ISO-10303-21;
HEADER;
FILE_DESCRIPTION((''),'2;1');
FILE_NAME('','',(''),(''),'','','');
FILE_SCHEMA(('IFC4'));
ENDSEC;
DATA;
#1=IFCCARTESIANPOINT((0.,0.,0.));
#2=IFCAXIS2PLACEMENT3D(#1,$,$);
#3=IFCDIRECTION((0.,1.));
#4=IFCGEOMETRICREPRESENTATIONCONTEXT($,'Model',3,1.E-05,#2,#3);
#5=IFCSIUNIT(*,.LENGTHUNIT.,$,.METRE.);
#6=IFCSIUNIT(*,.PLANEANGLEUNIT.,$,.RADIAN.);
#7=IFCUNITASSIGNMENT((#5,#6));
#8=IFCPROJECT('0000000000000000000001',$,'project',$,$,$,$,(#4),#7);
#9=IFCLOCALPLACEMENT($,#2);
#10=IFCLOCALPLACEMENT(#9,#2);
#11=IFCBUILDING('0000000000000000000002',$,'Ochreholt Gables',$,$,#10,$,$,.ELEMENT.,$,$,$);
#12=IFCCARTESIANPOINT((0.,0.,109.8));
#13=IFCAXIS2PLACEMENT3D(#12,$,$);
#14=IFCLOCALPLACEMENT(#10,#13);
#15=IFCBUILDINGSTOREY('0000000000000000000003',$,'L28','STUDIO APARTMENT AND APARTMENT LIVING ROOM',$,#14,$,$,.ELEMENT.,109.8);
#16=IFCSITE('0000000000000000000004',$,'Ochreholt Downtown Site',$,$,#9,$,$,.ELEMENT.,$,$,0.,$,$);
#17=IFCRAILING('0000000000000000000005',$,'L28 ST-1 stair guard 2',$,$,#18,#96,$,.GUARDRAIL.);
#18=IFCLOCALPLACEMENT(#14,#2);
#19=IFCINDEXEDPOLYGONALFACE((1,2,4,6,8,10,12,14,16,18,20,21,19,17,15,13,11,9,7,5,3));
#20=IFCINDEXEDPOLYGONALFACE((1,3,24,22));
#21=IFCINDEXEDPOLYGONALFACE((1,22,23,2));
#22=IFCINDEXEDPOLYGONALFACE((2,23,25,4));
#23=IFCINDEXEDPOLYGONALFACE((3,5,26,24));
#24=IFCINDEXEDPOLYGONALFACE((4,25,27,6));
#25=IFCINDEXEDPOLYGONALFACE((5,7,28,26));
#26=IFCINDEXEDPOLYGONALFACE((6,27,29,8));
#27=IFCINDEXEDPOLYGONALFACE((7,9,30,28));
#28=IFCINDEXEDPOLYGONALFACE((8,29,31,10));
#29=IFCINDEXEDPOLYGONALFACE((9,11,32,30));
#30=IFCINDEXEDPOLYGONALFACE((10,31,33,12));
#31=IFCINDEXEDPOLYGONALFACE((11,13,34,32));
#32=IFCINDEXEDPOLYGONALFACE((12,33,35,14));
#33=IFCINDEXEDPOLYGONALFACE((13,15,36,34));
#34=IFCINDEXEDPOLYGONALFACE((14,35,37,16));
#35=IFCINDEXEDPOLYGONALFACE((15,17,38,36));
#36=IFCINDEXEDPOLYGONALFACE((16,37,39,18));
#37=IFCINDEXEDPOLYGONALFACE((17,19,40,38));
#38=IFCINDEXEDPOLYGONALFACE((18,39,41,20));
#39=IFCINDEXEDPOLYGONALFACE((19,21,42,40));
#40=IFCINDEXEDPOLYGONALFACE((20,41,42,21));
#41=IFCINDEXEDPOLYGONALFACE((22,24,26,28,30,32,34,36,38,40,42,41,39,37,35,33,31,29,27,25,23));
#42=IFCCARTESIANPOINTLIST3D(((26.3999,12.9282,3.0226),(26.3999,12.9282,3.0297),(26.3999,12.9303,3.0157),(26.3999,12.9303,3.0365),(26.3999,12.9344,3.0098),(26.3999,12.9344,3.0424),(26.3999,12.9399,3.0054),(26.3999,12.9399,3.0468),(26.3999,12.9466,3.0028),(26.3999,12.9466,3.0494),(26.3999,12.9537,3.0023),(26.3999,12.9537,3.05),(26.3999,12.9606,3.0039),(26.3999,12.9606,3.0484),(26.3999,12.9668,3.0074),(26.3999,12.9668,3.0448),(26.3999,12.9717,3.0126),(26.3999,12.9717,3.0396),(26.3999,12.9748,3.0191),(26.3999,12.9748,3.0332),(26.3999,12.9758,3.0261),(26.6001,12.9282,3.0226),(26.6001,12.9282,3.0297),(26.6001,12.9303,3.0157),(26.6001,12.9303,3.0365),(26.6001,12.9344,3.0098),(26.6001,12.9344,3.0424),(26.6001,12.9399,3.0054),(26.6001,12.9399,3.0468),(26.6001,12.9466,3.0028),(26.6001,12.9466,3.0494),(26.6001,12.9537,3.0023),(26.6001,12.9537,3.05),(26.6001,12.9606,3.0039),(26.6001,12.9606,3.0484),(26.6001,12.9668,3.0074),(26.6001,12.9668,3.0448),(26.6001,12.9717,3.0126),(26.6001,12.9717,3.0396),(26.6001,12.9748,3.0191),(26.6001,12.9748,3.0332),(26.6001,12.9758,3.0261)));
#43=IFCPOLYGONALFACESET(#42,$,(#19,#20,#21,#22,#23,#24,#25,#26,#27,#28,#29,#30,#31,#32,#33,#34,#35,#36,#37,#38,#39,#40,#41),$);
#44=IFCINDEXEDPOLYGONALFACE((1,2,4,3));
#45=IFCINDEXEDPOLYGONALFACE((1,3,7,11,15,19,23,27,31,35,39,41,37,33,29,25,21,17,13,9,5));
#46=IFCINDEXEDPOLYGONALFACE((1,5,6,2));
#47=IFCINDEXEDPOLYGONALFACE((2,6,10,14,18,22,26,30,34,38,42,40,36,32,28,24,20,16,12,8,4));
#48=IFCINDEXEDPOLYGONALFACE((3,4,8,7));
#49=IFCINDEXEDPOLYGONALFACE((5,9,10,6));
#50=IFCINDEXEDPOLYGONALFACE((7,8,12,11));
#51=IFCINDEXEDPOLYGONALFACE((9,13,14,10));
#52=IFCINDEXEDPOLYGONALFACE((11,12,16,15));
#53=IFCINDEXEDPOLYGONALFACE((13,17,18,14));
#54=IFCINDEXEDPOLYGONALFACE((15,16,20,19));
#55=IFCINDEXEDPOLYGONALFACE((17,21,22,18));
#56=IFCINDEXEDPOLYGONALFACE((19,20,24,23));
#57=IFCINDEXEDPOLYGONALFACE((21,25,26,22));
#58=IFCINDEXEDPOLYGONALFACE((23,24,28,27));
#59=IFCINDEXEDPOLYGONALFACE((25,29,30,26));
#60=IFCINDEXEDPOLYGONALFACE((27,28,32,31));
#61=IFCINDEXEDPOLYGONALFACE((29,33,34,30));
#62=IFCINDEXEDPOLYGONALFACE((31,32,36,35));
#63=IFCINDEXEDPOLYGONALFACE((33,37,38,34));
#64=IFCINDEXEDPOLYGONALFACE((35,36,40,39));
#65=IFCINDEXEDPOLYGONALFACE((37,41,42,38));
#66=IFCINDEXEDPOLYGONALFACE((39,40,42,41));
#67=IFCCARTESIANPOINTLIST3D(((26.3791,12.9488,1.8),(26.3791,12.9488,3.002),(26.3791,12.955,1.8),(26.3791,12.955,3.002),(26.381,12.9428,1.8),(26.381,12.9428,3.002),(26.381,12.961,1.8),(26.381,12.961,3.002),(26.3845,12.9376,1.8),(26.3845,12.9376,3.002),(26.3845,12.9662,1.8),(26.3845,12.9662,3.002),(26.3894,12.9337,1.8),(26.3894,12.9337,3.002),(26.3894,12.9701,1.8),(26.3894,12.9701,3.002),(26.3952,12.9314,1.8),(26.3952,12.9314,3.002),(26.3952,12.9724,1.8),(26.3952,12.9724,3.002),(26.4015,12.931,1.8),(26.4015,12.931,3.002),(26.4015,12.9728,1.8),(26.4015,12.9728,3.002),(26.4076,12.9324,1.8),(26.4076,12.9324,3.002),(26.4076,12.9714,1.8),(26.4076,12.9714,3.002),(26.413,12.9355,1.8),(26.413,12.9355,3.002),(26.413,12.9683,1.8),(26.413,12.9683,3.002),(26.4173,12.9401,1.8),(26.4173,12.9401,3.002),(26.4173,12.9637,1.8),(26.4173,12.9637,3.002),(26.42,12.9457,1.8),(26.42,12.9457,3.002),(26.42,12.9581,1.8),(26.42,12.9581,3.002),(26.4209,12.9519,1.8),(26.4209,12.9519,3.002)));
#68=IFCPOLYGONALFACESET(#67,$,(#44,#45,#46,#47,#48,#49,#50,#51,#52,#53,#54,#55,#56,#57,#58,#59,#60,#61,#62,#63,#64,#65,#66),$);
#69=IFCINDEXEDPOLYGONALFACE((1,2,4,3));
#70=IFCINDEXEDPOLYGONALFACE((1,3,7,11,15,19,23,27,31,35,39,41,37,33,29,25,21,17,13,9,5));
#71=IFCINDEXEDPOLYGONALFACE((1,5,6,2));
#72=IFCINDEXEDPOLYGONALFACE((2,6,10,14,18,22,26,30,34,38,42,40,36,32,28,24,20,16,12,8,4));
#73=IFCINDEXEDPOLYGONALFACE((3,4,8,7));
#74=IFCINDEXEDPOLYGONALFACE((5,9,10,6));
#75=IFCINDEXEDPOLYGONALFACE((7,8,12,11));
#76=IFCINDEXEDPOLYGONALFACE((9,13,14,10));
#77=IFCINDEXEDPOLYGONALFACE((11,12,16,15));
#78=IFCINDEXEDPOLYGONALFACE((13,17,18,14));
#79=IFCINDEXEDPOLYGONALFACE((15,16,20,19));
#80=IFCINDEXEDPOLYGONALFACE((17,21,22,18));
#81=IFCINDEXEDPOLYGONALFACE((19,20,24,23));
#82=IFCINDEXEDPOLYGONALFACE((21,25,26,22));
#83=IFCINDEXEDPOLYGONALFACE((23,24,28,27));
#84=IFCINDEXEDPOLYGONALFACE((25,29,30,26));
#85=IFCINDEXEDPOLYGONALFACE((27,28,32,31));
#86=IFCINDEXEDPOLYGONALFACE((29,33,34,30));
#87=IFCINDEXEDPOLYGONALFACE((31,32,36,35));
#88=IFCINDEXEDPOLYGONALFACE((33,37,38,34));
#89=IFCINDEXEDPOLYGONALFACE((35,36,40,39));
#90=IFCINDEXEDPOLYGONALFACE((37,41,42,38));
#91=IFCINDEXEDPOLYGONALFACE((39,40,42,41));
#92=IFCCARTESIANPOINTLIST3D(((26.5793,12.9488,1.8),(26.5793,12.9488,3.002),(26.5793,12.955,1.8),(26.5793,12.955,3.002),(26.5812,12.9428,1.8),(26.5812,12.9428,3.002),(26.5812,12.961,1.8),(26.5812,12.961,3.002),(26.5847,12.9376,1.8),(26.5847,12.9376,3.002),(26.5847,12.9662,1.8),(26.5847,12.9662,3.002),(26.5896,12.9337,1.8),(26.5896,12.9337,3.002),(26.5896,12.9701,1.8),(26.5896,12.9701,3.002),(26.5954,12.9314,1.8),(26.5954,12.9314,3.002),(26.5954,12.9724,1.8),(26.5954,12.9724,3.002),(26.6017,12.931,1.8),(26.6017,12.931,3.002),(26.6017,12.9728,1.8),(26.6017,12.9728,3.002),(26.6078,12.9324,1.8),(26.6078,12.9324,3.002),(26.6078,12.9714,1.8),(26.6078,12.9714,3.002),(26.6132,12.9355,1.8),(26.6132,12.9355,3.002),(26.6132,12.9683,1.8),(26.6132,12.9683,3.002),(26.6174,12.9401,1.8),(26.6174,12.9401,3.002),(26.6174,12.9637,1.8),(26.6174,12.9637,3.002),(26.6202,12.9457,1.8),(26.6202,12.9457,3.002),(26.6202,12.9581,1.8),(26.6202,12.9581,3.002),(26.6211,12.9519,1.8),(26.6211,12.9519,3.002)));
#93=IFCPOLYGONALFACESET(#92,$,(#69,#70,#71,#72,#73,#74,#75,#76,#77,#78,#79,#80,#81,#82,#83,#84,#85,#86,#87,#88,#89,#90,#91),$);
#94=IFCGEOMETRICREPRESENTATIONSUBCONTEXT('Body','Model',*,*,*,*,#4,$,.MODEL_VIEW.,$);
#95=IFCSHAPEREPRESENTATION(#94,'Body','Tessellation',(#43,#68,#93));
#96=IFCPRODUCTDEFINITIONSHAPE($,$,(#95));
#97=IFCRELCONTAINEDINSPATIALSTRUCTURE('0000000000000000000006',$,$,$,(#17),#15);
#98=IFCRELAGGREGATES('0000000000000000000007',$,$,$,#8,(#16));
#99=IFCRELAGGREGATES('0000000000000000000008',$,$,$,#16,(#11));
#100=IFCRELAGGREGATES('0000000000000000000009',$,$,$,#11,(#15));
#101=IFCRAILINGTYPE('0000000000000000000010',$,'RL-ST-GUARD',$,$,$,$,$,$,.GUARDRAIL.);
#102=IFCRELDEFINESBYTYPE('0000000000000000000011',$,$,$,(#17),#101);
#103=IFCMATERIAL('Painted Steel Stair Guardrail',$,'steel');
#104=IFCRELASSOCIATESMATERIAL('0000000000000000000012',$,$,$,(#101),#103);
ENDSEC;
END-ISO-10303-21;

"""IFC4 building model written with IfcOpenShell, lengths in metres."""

from ifc_helpers import new_model, si_unit, direction, frame, origin, origin_2d, place, context, subcontext, project, spatial, circle, extrude, material, type_object, element, save


model = new_model("IFC4")

# Units and contexts
model_context = context("Model", 3, precision=1e-05, world=origin(), true_north=direction((0.0, 1.0)))
body_context = subcontext(model_context, "Body", "Model", "MODEL_VIEW")
ifc_project = project(units=[si_unit("LENGTHUNIT", "METRE"), si_unit("PLANEANGLEUNIT", "RADIAN")], contexts=[model_context])

# Site, building, storey
site_placement = place(None, origin())
site = spatial("IfcSite", under=ifc_project, at=site_placement, Name="Ochreholt Downtown Site", CompositionType="ELEMENT", RefElevation=0.0)
building_placement = place(site_placement, origin())
building = spatial("IfcBuilding", under=site, at=building_placement, Name="Ochreholt Gables", CompositionType="ELEMENT")
storey_placement = place(building_placement, frame((0.0, 0.0, 109.8)))
storey = spatial("IfcBuildingStorey", under=building, at=storey_placement, Name="L28", Description="STUDIO APARTMENT AND APARTMENT LIVING ROOM", CompositionType="ELEMENT", Elevation=109.8)

# Railing
ifc_material_1 = material(Name="Painted Steel Stair Guardrail", Category="steel")
railing_type_1 = type_object("IfcRailingType", Name="RL-ST-GUARD", PredefinedType="GUARDRAIL", material=ifc_material_1)
railing_1_placement = place(storey_placement, frame((26.3999, 12.9519, 1.8)))
element("IfcRailing", 1, at=railing_1_placement, inside=storey, type_object=railing_type_1, Name="L28 ST-1 stair guard 2", PredefinedType="GUARDRAIL", context=body_context, shape_type="SweptSolid", body=[
    extrude(circle(Radius=0.0239, at=origin_2d()), frame((0.0, 0.0, 1.2261), z_axis=(1.0, 0.0, 0.0), x_axis=(0.0, 1.0, 0.0)), (0.0, 0.0, 1.0), 0.2002),
    extrude(circle(Radius=0.021, at=origin_2d()), origin(), (0.0, 0.0, 1.0), 1.2019),
    extrude(circle(Radius=0.021, at=origin_2d()), frame((0.2002, 0.0, 0.0)), (0.0, 0.0, 1.0), 1.2019),
])

save(model, "model.ifc")
